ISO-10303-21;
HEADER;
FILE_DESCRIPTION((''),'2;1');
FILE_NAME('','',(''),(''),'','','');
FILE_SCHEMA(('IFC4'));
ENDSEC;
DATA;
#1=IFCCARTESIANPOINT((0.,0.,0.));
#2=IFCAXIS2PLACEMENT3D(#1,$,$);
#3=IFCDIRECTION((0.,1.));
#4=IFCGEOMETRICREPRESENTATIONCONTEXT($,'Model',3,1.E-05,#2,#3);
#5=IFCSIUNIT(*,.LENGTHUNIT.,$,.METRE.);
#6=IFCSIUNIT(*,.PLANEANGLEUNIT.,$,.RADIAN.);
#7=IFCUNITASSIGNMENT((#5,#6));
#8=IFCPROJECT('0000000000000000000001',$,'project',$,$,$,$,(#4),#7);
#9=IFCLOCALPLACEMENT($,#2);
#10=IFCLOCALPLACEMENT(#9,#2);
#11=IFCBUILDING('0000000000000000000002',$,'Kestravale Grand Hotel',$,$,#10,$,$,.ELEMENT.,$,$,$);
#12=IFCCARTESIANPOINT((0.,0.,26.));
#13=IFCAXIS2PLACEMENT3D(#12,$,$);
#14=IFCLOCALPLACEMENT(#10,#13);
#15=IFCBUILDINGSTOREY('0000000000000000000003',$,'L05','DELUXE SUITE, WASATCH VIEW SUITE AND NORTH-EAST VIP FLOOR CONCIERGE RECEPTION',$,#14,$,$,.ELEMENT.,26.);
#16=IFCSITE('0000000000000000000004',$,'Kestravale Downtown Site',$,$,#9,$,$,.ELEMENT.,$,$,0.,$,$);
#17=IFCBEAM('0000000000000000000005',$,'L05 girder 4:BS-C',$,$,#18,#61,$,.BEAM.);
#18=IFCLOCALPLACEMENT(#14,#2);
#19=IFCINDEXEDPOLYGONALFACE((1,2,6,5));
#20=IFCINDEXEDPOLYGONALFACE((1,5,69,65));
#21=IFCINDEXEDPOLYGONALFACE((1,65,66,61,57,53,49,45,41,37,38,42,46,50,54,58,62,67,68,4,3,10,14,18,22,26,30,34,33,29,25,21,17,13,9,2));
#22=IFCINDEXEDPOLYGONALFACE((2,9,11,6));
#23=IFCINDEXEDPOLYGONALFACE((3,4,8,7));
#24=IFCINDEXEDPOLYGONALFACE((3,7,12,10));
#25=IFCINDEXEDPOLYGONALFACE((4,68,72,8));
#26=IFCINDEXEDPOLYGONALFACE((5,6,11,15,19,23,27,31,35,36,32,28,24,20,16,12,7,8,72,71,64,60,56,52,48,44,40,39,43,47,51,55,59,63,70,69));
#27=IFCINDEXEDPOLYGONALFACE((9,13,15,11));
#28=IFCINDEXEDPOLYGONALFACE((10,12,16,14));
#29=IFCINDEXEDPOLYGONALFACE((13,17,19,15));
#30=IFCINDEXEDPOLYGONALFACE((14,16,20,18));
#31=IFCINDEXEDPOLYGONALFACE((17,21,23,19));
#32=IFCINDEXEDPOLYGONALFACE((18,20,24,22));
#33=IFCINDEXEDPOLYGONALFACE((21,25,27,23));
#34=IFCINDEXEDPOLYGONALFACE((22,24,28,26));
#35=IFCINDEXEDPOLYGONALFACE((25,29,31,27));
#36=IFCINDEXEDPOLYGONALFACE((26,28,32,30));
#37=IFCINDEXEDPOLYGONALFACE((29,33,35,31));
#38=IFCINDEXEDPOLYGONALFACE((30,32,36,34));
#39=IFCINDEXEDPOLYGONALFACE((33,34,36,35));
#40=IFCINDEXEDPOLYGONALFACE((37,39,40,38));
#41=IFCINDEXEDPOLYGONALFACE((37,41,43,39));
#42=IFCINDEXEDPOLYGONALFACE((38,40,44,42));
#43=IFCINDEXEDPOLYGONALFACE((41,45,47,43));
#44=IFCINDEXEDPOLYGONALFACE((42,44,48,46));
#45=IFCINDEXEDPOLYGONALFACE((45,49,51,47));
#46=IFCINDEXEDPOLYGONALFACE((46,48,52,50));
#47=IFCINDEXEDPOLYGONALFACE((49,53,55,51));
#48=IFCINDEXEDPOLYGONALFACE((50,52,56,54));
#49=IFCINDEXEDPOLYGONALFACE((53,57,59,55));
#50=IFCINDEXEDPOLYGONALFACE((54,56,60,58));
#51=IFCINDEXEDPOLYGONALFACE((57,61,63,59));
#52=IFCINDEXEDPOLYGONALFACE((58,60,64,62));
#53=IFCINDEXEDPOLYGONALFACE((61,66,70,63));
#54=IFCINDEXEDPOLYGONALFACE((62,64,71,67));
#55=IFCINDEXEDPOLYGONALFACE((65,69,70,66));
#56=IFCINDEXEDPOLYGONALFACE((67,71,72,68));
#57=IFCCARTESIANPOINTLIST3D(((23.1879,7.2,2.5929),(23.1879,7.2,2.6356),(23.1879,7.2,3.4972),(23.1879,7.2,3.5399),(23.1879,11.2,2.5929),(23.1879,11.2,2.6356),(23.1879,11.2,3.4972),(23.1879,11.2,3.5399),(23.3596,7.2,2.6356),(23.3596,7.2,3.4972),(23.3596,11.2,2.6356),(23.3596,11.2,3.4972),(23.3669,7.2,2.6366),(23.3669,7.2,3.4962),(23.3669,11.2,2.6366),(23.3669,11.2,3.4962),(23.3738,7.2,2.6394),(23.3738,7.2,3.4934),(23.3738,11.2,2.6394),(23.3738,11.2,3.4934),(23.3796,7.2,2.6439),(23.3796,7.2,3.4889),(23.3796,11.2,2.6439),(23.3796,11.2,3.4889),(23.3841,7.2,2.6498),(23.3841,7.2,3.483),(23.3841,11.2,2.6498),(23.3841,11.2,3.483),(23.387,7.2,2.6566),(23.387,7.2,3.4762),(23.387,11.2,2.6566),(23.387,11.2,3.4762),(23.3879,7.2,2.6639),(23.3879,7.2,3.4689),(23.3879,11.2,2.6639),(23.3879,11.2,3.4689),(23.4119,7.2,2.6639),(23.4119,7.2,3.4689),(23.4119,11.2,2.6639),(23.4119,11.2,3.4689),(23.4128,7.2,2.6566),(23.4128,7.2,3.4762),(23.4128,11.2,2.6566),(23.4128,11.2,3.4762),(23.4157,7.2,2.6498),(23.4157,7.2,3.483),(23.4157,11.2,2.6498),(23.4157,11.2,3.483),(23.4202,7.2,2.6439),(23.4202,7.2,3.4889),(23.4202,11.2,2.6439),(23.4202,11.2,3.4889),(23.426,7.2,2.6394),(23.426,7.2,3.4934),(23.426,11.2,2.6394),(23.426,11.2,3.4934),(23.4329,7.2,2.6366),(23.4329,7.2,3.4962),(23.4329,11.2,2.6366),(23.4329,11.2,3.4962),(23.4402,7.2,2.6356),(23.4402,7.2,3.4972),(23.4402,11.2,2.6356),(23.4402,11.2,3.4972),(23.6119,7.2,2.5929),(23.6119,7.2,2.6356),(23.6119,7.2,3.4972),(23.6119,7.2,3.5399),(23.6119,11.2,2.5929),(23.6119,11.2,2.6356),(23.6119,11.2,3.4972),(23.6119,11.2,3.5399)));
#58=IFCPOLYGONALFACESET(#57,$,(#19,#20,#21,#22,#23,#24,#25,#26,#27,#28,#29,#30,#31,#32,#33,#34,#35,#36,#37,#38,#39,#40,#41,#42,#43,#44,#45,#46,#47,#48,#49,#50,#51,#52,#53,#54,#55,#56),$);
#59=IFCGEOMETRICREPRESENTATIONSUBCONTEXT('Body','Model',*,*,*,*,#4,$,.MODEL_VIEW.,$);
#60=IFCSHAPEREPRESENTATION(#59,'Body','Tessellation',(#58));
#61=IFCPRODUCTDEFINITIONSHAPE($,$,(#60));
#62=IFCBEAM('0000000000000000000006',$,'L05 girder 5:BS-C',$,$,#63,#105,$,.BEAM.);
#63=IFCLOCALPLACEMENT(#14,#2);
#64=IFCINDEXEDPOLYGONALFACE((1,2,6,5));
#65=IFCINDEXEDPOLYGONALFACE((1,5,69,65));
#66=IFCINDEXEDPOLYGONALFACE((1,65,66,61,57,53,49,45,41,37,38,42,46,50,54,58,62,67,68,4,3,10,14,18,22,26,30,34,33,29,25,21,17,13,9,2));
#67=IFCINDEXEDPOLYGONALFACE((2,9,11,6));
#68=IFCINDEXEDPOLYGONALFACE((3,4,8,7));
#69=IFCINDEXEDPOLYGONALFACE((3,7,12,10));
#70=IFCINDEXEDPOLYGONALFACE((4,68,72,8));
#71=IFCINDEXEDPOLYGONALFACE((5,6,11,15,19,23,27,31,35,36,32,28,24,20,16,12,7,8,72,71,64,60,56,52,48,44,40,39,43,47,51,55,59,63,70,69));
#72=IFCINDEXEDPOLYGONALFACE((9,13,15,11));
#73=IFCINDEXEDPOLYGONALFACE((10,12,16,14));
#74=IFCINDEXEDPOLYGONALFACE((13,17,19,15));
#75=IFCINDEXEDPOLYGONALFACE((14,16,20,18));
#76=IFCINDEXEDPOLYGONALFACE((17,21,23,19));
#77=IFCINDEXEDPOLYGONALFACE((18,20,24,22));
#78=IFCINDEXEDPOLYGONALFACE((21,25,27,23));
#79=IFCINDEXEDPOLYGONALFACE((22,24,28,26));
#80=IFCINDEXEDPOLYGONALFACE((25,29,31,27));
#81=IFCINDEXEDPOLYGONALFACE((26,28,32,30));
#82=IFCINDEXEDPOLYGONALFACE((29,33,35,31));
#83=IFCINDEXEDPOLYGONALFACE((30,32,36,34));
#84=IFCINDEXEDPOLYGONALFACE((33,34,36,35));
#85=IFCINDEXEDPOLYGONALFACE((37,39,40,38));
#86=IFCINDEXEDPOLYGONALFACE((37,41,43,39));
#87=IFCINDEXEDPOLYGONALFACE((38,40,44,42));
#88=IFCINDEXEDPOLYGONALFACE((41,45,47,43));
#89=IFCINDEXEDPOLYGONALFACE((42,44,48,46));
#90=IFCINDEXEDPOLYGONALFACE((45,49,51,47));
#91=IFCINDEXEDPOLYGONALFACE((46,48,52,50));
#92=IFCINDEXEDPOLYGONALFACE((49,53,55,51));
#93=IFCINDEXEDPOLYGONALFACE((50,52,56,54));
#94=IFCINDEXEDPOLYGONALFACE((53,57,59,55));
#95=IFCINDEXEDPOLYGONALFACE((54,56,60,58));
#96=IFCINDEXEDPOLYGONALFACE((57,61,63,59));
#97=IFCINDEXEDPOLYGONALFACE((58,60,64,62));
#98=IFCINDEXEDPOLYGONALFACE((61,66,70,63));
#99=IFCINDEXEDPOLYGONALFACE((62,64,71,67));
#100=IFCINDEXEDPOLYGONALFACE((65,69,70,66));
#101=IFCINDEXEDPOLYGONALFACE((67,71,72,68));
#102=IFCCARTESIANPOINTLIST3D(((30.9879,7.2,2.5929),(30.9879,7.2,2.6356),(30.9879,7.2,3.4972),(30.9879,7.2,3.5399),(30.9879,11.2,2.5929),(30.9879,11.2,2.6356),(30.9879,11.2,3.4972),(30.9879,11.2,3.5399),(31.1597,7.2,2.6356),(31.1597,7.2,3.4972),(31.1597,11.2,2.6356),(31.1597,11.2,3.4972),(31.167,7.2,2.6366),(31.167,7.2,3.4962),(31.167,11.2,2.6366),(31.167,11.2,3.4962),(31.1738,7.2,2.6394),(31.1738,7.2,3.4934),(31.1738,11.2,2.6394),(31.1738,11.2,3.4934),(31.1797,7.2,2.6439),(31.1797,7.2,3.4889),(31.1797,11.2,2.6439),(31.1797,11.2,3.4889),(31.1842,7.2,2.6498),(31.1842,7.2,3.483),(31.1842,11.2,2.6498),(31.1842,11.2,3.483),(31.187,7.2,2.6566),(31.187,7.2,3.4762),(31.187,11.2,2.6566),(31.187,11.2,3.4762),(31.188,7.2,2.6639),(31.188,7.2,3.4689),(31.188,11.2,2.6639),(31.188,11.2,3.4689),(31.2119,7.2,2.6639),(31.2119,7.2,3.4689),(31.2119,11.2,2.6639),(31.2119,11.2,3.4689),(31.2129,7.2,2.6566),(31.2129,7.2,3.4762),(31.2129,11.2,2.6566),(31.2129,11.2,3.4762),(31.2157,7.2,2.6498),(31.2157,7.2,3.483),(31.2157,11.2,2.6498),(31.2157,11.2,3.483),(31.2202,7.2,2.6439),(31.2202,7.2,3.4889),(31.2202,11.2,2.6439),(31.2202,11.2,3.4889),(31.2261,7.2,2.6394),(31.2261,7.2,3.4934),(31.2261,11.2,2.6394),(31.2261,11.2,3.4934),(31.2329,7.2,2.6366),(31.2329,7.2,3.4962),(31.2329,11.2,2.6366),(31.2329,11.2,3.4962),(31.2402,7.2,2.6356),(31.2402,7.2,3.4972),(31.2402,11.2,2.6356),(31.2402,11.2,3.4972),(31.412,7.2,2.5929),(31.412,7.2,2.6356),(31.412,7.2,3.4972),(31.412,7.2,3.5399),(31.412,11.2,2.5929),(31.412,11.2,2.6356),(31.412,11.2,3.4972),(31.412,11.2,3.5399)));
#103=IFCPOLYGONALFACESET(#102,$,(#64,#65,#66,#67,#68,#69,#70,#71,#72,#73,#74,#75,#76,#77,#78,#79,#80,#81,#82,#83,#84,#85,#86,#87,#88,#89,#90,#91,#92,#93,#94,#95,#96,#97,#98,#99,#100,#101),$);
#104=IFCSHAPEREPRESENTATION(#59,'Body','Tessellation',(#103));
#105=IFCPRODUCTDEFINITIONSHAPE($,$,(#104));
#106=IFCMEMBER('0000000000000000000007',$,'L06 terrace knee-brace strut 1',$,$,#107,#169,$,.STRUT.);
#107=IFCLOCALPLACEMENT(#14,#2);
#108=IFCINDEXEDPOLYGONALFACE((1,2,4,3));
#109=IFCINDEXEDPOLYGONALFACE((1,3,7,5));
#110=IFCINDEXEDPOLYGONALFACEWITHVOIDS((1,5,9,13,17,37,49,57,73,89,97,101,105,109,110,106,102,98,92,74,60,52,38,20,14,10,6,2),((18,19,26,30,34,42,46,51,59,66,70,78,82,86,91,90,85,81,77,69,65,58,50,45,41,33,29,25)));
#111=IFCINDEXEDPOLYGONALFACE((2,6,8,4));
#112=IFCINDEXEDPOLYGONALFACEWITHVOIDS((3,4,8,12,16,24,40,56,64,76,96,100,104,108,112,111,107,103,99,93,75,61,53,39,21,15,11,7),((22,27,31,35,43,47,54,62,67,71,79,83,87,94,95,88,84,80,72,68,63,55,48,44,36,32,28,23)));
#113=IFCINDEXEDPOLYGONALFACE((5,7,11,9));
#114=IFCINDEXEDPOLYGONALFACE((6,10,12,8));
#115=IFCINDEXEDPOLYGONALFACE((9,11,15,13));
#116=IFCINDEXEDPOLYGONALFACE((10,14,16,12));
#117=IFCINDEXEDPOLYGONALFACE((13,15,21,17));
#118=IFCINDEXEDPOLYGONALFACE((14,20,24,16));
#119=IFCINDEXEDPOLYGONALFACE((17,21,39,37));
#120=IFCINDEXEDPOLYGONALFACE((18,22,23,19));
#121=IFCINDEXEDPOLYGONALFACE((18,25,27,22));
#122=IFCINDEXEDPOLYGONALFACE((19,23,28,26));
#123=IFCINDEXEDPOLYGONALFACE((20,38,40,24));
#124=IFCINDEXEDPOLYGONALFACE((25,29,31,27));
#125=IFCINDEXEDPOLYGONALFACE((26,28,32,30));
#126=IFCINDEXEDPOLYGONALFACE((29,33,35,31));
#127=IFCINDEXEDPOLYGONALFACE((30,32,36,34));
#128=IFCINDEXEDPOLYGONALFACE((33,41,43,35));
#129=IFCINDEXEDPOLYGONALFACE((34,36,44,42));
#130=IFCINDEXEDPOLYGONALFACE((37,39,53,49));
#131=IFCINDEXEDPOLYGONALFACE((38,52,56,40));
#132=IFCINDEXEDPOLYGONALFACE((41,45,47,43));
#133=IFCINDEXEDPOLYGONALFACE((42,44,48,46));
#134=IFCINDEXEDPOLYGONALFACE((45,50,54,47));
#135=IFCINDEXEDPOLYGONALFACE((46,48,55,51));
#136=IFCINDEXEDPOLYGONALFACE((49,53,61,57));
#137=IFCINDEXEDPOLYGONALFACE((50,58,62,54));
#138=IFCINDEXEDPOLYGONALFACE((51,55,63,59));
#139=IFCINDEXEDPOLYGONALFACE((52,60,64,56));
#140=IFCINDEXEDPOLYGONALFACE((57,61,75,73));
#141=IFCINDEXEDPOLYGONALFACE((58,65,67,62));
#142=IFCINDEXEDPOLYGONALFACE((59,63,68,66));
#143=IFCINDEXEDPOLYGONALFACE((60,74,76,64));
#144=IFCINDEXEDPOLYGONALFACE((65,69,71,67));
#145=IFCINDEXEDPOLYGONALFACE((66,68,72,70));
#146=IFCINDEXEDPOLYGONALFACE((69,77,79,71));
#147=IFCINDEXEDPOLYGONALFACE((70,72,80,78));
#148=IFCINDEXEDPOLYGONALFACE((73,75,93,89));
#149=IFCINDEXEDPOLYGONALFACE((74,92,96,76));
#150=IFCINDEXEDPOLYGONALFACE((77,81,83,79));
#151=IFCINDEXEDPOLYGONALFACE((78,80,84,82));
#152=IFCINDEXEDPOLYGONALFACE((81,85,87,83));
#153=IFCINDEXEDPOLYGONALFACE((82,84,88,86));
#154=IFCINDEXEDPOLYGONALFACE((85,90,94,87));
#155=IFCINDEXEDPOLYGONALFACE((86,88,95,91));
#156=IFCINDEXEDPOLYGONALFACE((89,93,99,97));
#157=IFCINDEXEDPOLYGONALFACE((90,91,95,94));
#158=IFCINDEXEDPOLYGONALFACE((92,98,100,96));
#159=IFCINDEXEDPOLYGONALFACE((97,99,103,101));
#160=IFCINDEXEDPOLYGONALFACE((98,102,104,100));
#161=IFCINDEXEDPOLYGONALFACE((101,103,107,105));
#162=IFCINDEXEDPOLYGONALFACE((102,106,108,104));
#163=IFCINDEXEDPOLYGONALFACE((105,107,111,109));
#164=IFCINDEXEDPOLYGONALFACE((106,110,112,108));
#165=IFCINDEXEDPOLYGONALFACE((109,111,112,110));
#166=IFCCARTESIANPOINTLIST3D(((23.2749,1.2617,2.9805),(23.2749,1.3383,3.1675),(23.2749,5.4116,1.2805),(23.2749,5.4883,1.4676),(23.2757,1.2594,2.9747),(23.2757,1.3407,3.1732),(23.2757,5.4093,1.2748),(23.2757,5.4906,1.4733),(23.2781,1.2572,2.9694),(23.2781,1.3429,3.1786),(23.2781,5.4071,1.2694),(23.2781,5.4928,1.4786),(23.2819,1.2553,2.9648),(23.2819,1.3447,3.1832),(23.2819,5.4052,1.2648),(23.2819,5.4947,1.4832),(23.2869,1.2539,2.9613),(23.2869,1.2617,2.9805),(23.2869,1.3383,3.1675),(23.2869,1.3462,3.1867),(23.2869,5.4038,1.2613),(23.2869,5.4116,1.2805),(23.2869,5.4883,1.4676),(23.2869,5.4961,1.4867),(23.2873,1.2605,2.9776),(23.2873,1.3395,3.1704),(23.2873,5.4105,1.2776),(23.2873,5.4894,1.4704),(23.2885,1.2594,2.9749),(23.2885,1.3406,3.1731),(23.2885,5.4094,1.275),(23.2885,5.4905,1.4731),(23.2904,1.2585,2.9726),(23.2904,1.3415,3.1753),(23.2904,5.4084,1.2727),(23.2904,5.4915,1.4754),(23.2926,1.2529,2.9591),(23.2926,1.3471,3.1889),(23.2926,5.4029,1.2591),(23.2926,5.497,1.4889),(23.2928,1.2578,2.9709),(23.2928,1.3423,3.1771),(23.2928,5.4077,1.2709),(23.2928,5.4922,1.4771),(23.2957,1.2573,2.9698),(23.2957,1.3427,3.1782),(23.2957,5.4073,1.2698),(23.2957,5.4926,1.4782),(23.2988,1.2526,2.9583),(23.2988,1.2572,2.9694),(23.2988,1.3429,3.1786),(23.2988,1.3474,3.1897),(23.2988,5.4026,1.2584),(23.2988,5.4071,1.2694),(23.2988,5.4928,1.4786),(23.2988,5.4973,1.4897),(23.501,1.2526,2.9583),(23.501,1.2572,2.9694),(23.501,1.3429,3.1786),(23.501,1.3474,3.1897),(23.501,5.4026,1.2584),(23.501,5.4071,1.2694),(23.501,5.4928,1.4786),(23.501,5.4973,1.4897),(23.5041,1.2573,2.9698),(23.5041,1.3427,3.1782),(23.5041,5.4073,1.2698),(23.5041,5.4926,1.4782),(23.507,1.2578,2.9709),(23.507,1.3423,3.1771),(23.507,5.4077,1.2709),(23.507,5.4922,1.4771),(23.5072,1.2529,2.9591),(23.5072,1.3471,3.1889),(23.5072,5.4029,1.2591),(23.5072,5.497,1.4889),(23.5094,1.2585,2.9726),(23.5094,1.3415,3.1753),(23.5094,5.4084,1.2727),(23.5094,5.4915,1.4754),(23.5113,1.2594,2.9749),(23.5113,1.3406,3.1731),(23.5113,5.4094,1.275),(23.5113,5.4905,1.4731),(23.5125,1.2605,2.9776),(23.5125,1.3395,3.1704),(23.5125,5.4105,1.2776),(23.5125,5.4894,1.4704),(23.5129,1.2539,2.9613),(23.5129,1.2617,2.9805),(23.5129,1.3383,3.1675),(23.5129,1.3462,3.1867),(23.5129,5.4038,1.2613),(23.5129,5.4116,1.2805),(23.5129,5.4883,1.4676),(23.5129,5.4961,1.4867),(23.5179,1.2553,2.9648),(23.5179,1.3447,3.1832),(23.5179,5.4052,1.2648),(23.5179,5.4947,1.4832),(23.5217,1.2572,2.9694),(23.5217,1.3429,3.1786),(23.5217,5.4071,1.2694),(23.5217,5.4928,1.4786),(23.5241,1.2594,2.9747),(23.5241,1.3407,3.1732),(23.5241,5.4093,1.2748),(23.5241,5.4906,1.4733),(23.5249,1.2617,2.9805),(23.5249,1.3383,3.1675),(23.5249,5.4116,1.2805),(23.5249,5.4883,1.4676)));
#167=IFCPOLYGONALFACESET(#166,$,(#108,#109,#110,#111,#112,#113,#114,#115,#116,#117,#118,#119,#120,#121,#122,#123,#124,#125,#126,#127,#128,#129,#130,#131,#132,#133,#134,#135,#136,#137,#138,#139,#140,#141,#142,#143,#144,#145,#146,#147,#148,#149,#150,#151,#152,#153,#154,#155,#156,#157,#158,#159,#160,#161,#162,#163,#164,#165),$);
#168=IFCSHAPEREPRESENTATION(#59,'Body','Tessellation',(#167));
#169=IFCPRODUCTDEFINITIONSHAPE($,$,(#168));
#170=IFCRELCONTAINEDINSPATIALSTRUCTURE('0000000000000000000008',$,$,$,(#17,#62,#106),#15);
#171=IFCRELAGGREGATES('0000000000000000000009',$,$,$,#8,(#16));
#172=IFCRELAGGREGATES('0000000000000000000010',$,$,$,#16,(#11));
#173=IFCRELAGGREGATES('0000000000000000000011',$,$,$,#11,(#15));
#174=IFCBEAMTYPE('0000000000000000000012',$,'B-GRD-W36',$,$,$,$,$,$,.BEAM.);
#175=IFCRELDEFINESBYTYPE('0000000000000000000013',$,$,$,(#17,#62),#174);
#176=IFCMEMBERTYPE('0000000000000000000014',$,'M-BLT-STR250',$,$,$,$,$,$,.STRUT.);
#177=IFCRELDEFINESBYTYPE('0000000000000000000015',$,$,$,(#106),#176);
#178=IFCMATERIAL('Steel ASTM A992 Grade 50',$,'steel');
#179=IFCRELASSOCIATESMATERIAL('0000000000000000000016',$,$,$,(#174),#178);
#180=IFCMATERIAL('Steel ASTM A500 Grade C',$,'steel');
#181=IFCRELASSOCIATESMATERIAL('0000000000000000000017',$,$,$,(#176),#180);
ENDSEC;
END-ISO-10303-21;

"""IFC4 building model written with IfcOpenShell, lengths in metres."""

from ifc_helpers import new_model, si_unit, direction, frame, origin, origin_2d, place, context, subcontext, project, spatial, hollow_rectangle, i_section, extrude, material, material_profile, profile_set, type_object, element, save


model = new_model("IFC4")

# Units and contexts
model_context = context("Model", 3, precision=1e-05, world=origin(), true_north=direction((0.0, 1.0)))
body_context = subcontext(model_context, "Body", "Model", "MODEL_VIEW")
ifc_project = project(units=[si_unit("LENGTHUNIT", "METRE"), si_unit("PLANEANGLEUNIT", "RADIAN")], contexts=[model_context])

# Site, building, storey
site_placement = place(None, origin())
site = spatial("IfcSite", under=ifc_project, at=site_placement, Name="Kestravale Downtown Site", CompositionType="ELEMENT", RefElevation=0.0)
building_placement = place(site_placement, origin())
building = spatial("IfcBuilding", under=site, at=building_placement, Name="Kestravale Grand Hotel", CompositionType="ELEMENT")
storey_placement = place(building_placement, frame((0.0, 0.0, 26.0)))
storey = spatial("IfcBuildingStorey", under=building, at=storey_placement, Name="L05", Description="DELUXE SUITE, WASATCH VIEW SUITE AND NORTH-EAST VIP FLOOR CONCIERGE RECEPTION", CompositionType="ELEMENT", Elevation=26.0)

# Beams
ifc_material_1 = material(Name="Steel ASTM A992 Grade 50", Category="steel")
ifc_material_profile_1 = material_profile(ifc_material_1, i_section(OverallWidth=0.4241, OverallDepth=0.947, WebThickness=0.0239, FlangeThickness=0.0427, FilletRadius=0.0283, at=origin_2d()))
ifc_profile_set_1 = profile_set([ifc_material_profile_1], Name="Steel ASTM A992 Grade 50")
beam_type_1 = type_object("IfcBeamType", Name="B-GRD-W36", PredefinedType="BEAM", material=ifc_profile_set_1)
for number, where, z_axis, x_axis, name in (
    (1, (23.3999, 7.2, 3.0664), (0.0, 1.0, 0.0), (-1.0, 0.0, 0.0), "L05 girder 4:BS-C"),
    (2, (31.2, 7.2, 3.0664), (0.0, 1.0, 0.0), (-1.0, 0.0, 0.0), "L05 girder 5:BS-C"),
):
    element("IfcBeam", number, at=place(storey_placement, frame(where, z_axis=z_axis, x_axis=x_axis)), inside=storey, type_object=beam_type_1, Name=name, PredefinedType="BEAM", context=body_context, shape_type="SweptSolid", body=[
        extrude(i_section(OverallWidth=0.4241, OverallDepth=0.947, WebThickness=0.0239, FlangeThickness=0.0427, FilletRadius=0.0283, at=origin_2d()), origin(), (0.0, 0.0, 1.0), 4.0),
    ])

# Member
ifc_material_2 = material(Name="Steel ASTM A500 Grade C", Category="steel")
ifc_material_profile_2 = material_profile(ifc_material_2, hollow_rectangle(XDim=0.25, YDim=0.25, WallThickness=0.012, InnerFilletRadius=0.012, OuterFilletRadius=0.0239, at=origin_2d()))
ifc_profile_set_2 = profile_set([ifc_material_profile_2], Name="Steel ASTM A500 Grade C")
member_type = type_object("IfcMemberType", Name="M-BLT-STR250", PredefinedType="STRUT", material=ifc_profile_set_2)
for number, where, z_axis, x_axis, name in (
    (3, (23.3999, 5.45, 1.374), (0.0, -0.92537, 0.379065), (1.0, 0.0, 0.0), "L06 terrace knee-brace strut 1"),
):
    element("IfcMember", number, at=place(storey_placement, frame(where, z_axis=z_axis, x_axis=x_axis)), inside=storey, type_object=member_type, Name=name, PredefinedType="STRUT", context=body_context, shape_type="SweptSolid", body=[
        extrude(hollow_rectangle(XDim=0.25, YDim=0.25, WallThickness=0.012, InnerFilletRadius=0.012, OuterFilletRadius=0.0239, at=origin_2d()), origin(), (0.0, 0.0, 1.0), 4.4846),
    ])

save(model, "model.ifc")
